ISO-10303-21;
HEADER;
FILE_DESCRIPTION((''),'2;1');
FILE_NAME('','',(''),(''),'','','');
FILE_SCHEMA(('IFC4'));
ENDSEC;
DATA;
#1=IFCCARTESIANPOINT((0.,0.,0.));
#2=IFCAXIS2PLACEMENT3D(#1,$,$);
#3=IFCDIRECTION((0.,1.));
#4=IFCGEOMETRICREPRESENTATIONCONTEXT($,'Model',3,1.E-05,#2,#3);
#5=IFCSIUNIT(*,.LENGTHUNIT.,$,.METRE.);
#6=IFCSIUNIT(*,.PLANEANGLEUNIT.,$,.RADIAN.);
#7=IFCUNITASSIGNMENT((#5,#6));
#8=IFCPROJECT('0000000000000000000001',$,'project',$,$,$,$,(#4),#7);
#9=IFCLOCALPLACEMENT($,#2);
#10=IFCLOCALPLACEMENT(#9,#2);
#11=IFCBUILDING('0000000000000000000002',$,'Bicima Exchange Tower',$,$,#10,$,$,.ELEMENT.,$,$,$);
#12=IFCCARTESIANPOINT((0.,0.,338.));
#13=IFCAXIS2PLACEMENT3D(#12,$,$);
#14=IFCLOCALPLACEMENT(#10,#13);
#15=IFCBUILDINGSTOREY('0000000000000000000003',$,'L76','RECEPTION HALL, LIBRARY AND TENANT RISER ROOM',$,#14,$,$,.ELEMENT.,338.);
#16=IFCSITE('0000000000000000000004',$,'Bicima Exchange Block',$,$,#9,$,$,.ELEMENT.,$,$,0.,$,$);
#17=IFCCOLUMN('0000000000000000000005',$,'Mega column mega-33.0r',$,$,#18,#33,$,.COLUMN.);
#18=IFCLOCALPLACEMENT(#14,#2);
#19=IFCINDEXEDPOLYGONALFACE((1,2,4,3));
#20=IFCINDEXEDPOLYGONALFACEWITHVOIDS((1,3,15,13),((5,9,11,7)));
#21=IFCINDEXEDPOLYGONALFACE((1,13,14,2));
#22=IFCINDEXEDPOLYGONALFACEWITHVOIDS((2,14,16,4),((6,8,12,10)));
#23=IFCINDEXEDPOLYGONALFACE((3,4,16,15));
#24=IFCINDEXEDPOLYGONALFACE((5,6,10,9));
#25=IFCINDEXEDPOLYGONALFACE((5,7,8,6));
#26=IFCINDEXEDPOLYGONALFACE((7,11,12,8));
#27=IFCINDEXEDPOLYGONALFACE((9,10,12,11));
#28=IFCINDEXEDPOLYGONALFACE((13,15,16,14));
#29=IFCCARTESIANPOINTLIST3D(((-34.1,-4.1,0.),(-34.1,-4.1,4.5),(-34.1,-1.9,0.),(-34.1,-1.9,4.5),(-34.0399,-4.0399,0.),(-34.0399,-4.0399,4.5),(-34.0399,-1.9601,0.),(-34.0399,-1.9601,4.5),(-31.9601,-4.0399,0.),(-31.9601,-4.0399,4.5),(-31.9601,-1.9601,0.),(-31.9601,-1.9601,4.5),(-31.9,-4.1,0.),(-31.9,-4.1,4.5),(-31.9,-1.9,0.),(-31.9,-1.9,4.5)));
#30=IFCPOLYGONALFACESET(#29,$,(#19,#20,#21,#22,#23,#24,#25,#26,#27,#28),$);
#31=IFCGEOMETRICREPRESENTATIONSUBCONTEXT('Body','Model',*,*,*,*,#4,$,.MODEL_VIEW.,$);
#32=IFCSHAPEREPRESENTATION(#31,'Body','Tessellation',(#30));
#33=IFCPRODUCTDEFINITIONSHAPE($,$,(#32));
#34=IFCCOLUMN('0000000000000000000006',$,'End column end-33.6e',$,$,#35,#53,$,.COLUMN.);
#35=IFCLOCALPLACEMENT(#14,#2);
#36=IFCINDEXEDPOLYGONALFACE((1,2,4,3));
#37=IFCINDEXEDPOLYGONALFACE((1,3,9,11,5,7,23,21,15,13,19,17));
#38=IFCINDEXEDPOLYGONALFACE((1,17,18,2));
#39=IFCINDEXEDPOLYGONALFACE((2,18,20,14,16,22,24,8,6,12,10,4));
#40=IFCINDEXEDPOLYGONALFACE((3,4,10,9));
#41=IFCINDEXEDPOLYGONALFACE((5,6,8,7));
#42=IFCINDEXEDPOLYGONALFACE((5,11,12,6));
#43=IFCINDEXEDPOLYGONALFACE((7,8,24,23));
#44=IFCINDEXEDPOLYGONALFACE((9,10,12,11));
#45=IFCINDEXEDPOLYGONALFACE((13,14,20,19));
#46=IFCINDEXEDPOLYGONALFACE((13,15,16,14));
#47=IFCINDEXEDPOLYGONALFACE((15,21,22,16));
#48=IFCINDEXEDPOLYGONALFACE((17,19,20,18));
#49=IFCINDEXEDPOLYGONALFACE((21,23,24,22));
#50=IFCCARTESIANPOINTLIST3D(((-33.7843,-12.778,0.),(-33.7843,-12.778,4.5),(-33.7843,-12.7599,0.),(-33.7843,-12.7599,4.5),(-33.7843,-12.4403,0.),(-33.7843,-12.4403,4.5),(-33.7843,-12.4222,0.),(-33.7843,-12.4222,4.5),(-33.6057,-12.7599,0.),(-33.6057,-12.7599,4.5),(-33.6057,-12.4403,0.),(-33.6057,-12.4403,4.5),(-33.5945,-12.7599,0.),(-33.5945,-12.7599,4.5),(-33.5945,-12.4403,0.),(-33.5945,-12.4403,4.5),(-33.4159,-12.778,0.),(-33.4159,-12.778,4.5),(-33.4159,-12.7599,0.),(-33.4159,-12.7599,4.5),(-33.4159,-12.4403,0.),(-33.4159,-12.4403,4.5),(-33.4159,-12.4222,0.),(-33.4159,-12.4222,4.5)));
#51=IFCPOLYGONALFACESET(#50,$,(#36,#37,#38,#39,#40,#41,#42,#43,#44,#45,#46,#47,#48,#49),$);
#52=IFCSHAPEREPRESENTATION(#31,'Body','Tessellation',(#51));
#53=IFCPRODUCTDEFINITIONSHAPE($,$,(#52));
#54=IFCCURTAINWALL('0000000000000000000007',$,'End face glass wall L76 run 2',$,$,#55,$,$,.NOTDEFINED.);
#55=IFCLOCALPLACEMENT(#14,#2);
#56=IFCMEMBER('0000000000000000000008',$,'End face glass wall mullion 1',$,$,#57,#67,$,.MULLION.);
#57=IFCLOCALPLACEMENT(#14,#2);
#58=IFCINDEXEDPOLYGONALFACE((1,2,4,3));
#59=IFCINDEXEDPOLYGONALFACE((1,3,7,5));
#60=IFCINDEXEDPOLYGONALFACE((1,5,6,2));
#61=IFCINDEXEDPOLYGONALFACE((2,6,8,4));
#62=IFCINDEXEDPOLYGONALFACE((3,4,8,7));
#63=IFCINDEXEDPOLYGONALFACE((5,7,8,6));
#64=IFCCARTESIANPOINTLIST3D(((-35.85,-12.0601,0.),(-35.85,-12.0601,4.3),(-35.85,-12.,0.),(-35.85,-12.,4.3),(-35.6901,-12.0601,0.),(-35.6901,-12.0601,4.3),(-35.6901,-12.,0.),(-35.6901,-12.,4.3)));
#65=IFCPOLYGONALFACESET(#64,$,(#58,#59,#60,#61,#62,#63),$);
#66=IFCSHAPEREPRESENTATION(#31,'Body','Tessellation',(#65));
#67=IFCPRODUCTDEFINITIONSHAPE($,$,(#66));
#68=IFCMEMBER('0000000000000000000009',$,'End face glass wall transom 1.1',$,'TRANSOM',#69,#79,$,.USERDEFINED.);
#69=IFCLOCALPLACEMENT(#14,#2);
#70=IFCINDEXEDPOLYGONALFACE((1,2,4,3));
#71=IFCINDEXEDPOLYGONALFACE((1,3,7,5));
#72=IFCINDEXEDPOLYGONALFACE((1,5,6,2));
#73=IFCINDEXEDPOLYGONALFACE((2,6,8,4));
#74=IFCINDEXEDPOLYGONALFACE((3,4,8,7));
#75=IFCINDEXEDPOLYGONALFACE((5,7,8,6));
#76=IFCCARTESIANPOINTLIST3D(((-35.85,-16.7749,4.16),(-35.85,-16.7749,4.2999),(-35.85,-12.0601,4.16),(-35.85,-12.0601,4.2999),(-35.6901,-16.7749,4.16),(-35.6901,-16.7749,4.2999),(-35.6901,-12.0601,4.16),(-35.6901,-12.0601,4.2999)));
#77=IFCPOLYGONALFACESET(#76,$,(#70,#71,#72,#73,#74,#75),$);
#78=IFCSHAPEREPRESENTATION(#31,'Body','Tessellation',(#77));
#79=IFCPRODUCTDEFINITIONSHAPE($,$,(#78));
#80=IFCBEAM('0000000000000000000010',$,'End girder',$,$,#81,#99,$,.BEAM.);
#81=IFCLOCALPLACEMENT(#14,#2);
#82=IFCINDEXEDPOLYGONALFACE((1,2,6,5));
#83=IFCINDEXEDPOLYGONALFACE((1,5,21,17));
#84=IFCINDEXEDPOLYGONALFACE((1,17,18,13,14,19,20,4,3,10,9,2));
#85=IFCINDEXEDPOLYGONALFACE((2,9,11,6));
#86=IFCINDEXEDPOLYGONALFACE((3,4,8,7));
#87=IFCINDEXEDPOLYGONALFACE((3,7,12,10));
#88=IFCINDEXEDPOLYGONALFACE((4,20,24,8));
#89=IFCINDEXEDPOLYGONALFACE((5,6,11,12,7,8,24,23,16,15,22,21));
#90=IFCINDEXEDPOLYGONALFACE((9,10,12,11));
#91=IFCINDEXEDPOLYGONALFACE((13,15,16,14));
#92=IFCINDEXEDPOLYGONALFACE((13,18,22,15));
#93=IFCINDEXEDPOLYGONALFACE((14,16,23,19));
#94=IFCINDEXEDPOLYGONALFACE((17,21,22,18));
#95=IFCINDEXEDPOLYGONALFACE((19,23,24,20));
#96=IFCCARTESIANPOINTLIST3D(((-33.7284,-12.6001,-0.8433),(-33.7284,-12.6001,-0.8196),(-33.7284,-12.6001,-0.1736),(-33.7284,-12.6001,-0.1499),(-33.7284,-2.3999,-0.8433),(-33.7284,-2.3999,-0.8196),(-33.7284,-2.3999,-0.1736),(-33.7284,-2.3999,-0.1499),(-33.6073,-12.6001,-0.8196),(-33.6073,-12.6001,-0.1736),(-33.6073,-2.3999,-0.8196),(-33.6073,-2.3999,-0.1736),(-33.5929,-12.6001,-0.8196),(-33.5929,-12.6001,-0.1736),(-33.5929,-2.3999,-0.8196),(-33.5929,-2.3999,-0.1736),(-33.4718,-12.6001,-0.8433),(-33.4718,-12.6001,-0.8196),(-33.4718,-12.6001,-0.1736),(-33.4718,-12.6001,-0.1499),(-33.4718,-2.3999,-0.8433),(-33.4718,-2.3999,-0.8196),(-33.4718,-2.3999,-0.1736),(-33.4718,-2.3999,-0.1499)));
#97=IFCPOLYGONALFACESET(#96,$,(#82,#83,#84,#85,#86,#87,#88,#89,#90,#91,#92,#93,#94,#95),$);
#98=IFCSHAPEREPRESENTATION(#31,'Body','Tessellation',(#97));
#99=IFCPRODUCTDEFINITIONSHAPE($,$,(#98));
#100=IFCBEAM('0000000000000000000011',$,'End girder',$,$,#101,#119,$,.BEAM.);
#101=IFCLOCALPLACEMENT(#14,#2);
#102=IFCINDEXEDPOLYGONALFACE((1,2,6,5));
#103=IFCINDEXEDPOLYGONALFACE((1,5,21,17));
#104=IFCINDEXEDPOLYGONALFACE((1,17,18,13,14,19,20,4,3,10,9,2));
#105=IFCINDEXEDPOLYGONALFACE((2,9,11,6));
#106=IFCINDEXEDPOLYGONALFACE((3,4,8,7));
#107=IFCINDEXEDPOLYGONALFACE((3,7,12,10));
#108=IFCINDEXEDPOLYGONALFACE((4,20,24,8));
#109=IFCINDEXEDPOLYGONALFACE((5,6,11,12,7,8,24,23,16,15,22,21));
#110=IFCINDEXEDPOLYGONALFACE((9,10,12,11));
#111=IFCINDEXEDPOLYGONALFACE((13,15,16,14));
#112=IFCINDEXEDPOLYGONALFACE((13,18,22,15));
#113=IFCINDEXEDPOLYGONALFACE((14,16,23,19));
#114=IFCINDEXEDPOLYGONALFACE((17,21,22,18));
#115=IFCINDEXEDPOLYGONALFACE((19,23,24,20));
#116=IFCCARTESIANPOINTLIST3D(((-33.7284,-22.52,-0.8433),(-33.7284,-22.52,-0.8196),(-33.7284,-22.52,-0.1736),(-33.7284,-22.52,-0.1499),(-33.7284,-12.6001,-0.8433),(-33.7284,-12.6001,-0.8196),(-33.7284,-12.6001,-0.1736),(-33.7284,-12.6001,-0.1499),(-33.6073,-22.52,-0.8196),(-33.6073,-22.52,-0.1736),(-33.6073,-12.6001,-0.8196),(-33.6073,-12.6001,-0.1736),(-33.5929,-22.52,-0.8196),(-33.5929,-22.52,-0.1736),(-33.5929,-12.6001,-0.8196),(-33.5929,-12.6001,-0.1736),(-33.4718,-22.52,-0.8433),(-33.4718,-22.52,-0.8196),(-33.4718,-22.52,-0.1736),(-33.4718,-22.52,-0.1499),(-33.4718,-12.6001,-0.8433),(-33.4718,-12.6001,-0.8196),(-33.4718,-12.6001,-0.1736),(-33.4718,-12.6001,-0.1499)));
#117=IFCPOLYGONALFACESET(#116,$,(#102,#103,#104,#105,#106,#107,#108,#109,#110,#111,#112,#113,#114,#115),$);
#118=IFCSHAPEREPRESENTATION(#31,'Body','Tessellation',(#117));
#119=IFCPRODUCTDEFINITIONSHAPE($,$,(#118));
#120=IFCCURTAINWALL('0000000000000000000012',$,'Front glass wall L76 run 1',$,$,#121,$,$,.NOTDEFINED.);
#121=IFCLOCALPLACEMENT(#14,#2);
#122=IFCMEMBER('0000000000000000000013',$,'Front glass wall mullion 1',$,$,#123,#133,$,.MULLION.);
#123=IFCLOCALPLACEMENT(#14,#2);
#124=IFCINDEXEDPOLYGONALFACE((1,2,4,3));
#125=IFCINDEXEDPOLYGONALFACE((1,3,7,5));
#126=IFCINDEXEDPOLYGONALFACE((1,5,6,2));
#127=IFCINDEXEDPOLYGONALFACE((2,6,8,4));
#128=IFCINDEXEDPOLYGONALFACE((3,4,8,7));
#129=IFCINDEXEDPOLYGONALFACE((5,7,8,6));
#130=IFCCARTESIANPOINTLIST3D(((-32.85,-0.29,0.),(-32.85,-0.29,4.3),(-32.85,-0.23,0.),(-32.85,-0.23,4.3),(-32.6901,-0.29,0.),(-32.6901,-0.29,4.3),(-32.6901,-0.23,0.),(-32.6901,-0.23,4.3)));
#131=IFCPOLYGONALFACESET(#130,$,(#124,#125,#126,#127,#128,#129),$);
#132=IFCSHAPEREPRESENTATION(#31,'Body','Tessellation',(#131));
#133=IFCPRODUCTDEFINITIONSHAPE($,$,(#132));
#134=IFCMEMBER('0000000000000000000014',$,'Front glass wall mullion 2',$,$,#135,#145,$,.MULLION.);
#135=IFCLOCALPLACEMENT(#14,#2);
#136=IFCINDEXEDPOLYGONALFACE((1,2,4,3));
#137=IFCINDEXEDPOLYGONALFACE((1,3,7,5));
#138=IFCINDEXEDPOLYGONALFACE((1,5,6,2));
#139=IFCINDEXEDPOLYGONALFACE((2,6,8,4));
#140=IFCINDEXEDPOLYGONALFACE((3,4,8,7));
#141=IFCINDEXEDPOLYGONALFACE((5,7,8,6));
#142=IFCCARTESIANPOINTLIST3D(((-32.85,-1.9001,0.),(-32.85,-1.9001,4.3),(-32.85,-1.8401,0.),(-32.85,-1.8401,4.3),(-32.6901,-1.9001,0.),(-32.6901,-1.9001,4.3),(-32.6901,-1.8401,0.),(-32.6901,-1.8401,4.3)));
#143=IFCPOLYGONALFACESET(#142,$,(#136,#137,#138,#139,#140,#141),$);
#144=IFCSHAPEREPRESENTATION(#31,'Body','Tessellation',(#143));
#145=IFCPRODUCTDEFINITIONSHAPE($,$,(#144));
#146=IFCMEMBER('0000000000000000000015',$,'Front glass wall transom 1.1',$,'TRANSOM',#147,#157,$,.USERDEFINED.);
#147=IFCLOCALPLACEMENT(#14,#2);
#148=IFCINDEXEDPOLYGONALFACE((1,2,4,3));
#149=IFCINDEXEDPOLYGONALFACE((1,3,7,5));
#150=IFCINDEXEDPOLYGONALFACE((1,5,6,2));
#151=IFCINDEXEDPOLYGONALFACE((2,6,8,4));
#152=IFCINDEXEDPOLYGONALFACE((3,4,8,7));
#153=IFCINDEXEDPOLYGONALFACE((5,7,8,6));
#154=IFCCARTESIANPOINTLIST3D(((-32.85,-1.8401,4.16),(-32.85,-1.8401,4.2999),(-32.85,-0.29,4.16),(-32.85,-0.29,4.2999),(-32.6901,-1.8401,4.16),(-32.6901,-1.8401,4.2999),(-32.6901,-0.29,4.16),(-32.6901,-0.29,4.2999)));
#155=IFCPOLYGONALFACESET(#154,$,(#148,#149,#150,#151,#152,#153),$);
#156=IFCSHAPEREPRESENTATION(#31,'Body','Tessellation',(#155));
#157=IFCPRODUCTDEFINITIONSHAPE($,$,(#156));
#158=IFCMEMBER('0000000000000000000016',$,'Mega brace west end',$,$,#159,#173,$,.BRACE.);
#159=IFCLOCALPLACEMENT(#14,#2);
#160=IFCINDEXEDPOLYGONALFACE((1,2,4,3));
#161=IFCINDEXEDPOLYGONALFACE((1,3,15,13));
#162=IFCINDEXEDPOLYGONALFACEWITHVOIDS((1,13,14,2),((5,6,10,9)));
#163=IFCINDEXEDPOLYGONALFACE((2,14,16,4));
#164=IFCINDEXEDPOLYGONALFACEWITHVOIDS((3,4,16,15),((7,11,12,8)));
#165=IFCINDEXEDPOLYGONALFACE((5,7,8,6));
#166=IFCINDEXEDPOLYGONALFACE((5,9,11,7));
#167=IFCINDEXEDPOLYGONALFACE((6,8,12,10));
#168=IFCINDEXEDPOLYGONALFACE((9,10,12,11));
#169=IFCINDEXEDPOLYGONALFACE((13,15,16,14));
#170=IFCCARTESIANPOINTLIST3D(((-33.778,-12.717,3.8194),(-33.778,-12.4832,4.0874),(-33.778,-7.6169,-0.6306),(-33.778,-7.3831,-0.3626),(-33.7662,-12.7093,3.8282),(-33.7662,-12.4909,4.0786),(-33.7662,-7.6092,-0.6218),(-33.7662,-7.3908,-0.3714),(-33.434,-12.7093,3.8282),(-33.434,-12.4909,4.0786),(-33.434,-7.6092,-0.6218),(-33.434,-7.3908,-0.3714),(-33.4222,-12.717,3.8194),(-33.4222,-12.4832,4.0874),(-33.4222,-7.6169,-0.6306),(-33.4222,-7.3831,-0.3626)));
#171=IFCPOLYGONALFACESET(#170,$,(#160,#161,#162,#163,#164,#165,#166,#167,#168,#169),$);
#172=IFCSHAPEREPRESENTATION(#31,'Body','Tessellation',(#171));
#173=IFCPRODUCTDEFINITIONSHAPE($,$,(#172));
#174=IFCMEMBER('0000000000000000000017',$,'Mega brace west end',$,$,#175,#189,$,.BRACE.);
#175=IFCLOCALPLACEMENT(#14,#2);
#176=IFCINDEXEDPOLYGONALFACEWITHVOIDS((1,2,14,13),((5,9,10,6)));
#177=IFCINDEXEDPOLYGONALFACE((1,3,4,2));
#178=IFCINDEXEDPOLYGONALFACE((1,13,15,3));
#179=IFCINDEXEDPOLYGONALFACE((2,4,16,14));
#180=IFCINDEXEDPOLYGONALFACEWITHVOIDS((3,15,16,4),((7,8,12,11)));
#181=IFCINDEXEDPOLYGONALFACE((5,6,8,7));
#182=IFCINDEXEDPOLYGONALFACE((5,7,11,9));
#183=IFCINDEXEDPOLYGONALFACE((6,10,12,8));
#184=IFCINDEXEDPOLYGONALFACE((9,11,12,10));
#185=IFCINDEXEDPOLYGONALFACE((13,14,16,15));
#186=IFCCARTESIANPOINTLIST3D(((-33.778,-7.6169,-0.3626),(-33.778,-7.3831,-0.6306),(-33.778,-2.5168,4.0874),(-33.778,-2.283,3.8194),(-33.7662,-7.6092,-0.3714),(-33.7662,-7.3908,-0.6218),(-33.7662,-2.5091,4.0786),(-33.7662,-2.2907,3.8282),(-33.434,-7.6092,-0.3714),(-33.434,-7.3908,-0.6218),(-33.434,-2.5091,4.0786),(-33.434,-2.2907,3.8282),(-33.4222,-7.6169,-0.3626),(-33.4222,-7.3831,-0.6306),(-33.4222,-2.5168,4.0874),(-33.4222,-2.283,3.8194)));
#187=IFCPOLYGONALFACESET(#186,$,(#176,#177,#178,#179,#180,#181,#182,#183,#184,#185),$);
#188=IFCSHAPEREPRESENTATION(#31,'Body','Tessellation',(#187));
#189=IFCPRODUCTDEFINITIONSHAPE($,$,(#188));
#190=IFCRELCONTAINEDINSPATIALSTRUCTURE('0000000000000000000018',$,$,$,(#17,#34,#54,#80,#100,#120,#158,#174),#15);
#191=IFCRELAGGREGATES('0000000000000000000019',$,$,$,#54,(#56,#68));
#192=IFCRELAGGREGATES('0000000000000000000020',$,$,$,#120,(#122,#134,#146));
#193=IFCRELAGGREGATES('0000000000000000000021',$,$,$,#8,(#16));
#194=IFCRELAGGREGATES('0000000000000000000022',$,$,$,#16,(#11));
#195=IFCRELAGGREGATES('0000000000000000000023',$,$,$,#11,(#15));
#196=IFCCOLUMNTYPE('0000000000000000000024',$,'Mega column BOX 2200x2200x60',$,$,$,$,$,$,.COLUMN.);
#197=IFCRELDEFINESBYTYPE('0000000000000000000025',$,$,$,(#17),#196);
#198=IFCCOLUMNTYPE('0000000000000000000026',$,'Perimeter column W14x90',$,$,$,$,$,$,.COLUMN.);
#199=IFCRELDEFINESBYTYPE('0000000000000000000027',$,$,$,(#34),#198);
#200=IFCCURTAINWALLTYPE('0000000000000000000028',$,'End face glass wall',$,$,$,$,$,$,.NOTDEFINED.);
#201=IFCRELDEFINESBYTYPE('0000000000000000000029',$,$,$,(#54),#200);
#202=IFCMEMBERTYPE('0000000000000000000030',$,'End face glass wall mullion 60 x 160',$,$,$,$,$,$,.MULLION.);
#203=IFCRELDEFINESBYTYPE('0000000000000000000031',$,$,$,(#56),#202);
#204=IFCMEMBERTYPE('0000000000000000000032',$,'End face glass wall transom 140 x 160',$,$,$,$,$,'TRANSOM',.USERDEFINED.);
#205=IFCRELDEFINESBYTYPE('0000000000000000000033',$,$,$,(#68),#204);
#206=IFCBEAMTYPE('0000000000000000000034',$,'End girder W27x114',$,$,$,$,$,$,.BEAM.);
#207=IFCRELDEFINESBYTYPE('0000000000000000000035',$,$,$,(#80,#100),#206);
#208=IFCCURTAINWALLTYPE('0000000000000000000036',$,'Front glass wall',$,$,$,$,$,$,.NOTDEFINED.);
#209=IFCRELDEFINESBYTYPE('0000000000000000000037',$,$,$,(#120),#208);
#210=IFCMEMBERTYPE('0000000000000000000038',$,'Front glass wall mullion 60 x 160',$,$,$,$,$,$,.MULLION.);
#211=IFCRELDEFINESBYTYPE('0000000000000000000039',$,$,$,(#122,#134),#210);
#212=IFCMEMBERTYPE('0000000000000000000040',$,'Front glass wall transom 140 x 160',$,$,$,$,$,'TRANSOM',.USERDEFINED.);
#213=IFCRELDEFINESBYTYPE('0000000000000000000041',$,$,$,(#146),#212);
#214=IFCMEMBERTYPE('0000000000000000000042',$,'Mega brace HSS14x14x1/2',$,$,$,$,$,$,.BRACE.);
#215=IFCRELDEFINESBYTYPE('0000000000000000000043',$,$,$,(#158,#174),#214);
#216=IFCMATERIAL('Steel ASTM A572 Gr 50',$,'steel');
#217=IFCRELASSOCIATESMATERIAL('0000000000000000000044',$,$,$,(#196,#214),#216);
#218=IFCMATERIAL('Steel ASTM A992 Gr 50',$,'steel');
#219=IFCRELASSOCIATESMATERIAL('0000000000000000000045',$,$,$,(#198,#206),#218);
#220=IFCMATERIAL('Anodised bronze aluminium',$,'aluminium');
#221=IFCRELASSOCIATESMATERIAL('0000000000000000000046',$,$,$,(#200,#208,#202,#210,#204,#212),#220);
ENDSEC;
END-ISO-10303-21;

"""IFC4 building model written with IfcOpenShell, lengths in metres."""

from ifc_helpers import new_model, si_unit, direction, frame, origin, origin_2d, place, context, subcontext, project, spatial, rectangle, hollow_rectangle, i_section, extrude, material, material_profile, profile_set, type_object, element, aggregate, save


model = new_model("IFC4")

# Units and contexts
model_context = context("Model", 3, precision=1e-05, world=origin(), true_north=direction((0.0, 1.0)))
body_context = subcontext(model_context, "Body", "Model", "MODEL_VIEW")
ifc_project = project(units=[si_unit("LENGTHUNIT", "METRE"), si_unit("PLANEANGLEUNIT", "RADIAN")], contexts=[model_context])

# Site, building, storey
site_placement = place(None, origin())
site = spatial("IfcSite", under=ifc_project, at=site_placement, Name="Bicima Exchange Block", CompositionType="ELEMENT", RefElevation=0.0)
building_placement = place(site_placement, origin())
building = spatial("IfcBuilding", under=site, at=building_placement, Name="Bicima Exchange Tower", CompositionType="ELEMENT")
storey_placement = place(building_placement, frame((0.0, 0.0, 338.0)))
storey = spatial("IfcBuildingStorey", under=building, at=storey_placement, Name="L76", Description="RECEPTION HALL, LIBRARY AND TENANT RISER ROOM", CompositionType="ELEMENT", Elevation=338.0)

# Columns
ifc_material_1 = material(Name="Steel ASTM A572 Gr 50", Category="steel")
ifc_material_profile_1 = material_profile(ifc_material_1, hollow_rectangle(XDim=2.2, YDim=2.2, WallThickness=0.0601, at=origin_2d()))
ifc_profile_set_1 = profile_set([ifc_material_profile_1], Name="Steel ASTM A572 Gr 50")
column_type_1 = type_object("IfcColumnType", Name="Mega column BOX 2200x2200x60", PredefinedType="COLUMN", material=ifc_profile_set_1)
column_1_placement = place(storey_placement, frame((-33.0, -3.0, 0.0), z_axis=(0.0, 0.0, 1.0), x_axis=(1.0, 0.0, 0.0)))
element("IfcColumn", 1, at=column_1_placement, inside=storey, type_object=column_type_1, Name="Mega column mega-33.0r", PredefinedType="COLUMN", context=body_context, shape_type="SweptSolid", body=[
    extrude(hollow_rectangle(XDim=2.2, YDim=2.2, WallThickness=0.0601, at=origin_2d()), origin(), (0.0, 0.0, 1.0), 4.5),
])
ifc_material_2 = material(Name="Steel ASTM A992 Gr 50", Category="steel")
ifc_material_profile_2 = material_profile(ifc_material_2, i_section(OverallWidth=0.3684, OverallDepth=0.3557, WebThickness=0.0112, FlangeThickness=0.0181, at=origin_2d()))
ifc_profile_set_2 = profile_set([ifc_material_profile_2], Name="Steel ASTM A992 Gr 50")
column_type_2 = type_object("IfcColumnType", Name="Perimeter column W14x90", PredefinedType="COLUMN", material=ifc_profile_set_2)
column_2_placement = place(storey_placement, frame((-33.6001, -12.6001, 0.0), z_axis=(0.0, 0.0, 1.0), x_axis=(1.0, 0.0, 0.0)))
element("IfcColumn", 2, at=column_2_placement, inside=storey, type_object=column_type_2, Name="End column end-33.6e", PredefinedType="COLUMN", context=body_context, shape_type="SweptSolid", body=[
    extrude(i_section(OverallWidth=0.3684, OverallDepth=0.3557, WebThickness=0.0112, FlangeThickness=0.0181, at=origin_2d()), origin(), (0.0, 0.0, 1.0), 4.5),
])

# Curtain wall, members
ifc_material_3 = material(Name="Anodised bronze aluminium", Category="aluminium")
curtain_wall_type_1 = type_object("IfcCurtainWallType", Name="End face glass wall", PredefinedType="NOTDEFINED", material=ifc_material_3)
curtain_wall_1_placement = place(storey_placement, origin())
curtain_wall_1 = element("IfcCurtainWall", 3, at=curtain_wall_1_placement, inside=storey, type_object=curtain_wall_type_1, Name="End face glass wall L76 run 2", PredefinedType="NOTDEFINED")
ifc_material_profile_3 = material_profile(ifc_material_3, rectangle(XDim=0.1599, YDim=0.0601, at=origin_2d()))
ifc_profile_set_3 = profile_set([ifc_material_profile_3], Name="Anodised bronze aluminium")
member_type_1 = type_object("IfcMemberType", Name="End face glass wall mullion 60 x 160", PredefinedType="MULLION", material=ifc_profile_set_3)
member_1_placement = place(storey_placement, frame((-35.77, -12.03, 0.0), z_axis=(0.0, 0.0, 1.0), x_axis=(1.0, 0.0, 0.0)))
member_1 = element("IfcMember", 4, at=member_1_placement, type_object=member_type_1, Name="End face glass wall mullion 1", PredefinedType="MULLION", context=body_context, shape_type="SweptSolid", body=[
    extrude(rectangle(XDim=0.1599, YDim=0.0601, at=origin_2d()), origin(), (0.0, 0.0, 1.0), 4.3),
])
ifc_material_profile_4 = material_profile(ifc_material_3, rectangle(XDim=0.1599, YDim=0.1399, at=origin_2d()))
ifc_profile_set_4 = profile_set([ifc_material_profile_4], Name="Anodised bronze aluminium")
member_type_2 = type_object("IfcMemberType", Name="End face glass wall transom 140 x 160", ElementType="TRANSOM", PredefinedType="USERDEFINED", material=ifc_profile_set_4)
member_2_placement = place(storey_placement, frame((-35.77, -12.0601, 4.23), z_axis=(0.0, -1.0, 0.0), x_axis=(1.0, 0.0, 0.0)))
member_2 = element("IfcMember", 5, at=member_2_placement, type_object=member_type_2, Name="End face glass wall transom 1.1", ObjectType="TRANSOM", PredefinedType="USERDEFINED", context=body_context, shape_type="SweptSolid", body=[
    extrude(rectangle(XDim=0.1599, YDim=0.1399, at=origin_2d()), origin(), (0.0, 0.0, 1.0), 4.7148),
])
aggregate(curtain_wall_1, [member_1, member_2])

# Beams
ifc_material_profile_5 = material_profile(ifc_material_2, i_section(OverallWidth=0.2566, OverallDepth=0.6934, WebThickness=0.0144, FlangeThickness=0.0237, at=origin_2d()))
ifc_profile_set_5 = profile_set([ifc_material_profile_5], Name="Steel ASTM A992 Gr 50")
beam_type = type_object("IfcBeamType", Name="End girder W27x114", PredefinedType="BEAM", material=ifc_profile_set_5)
beam_1_placement = place(storey_placement, frame((-33.6001, -2.3999, -0.4966), z_axis=(0.0, -1.0, 0.0), x_axis=(1.0, 0.0, 0.0)))
element("IfcBeam", 6, at=beam_1_placement, inside=storey, type_object=beam_type, Name="End girder", PredefinedType="BEAM", context=body_context, shape_type="SweptSolid", body=[
    extrude(i_section(OverallWidth=0.2566, OverallDepth=0.6934, WebThickness=0.0144, FlangeThickness=0.0237, at=origin_2d()), origin(), (0.0, 0.0, 1.0), 10.2002),
])
beam_2_placement = place(storey_placement, frame((-33.6001, -12.6001, -0.4966), z_axis=(0.0, -1.0, 0.0), x_axis=(1.0, 0.0, 0.0)))
element("IfcBeam", 7, at=beam_2_placement, inside=storey, type_object=beam_type, Name="End girder", PredefinedType="BEAM", context=body_context, shape_type="SweptSolid", body=[
    extrude(i_section(OverallWidth=0.2566, OverallDepth=0.6934, WebThickness=0.0144, FlangeThickness=0.0237, at=origin_2d()), origin(), (0.0, 0.0, 1.0), 9.9199),
])

# Curtain wall, members
curtain_wall_type_2 = type_object("IfcCurtainWallType", Name="Front glass wall", PredefinedType="NOTDEFINED", material=ifc_material_3)
curtain_wall_2_placement = place(storey_placement, origin())
curtain_wall_2 = element("IfcCurtainWall", 8, at=curtain_wall_2_placement, inside=storey, type_object=curtain_wall_type_2, Name="Front glass wall L76 run 1", PredefinedType="NOTDEFINED")
member_type_3 = type_object("IfcMemberType", Name="Front glass wall mullion 60 x 160", PredefinedType="MULLION", material=ifc_profile_set_3)
member_3_placement = place(storey_placement, frame((-32.77, -0.26, 0.0), z_axis=(0.0, 0.0, 1.0), x_axis=(1.0, 0.0, 0.0)))
member_3 = element("IfcMember", 9, at=member_3_placement, type_object=member_type_3, Name="Front glass wall mullion 1", PredefinedType="MULLION", context=body_context, shape_type="SweptSolid", body=[
    extrude(rectangle(XDim=0.1599, YDim=0.0601, at=origin_2d()), origin(), (0.0, 0.0, 1.0), 4.3),
])
member_4_placement = place(storey_placement, frame((-32.77, -1.8701, 0.0), z_axis=(0.0, 0.0, 1.0), x_axis=(1.0, 0.0, 0.0)))
member_4 = element("IfcMember", 10, at=member_4_placement, type_object=member_type_3, Name="Front glass wall mullion 2", PredefinedType="MULLION", context=body_context, shape_type="SweptSolid", body=[
    extrude(rectangle(XDim=0.1599, YDim=0.0601, at=origin_2d()), origin(), (0.0, 0.0, 1.0), 4.3),
])
member_type_4 = type_object("IfcMemberType", Name="Front glass wall transom 140 x 160", ElementType="TRANSOM", PredefinedType="USERDEFINED", material=ifc_profile_set_4)
member_5_placement = place(storey_placement, frame((-32.77, -0.29, 4.23), z_axis=(0.0, -1.0, 0.0), x_axis=(1.0, 0.0, 0.0)))
member_5 = element("IfcMember", 11, at=member_5_placement, type_object=member_type_4, Name="Front glass wall transom 1.1", ObjectType="TRANSOM", PredefinedType="USERDEFINED", context=body_context, shape_type="SweptSolid", body=[
    extrude(rectangle(XDim=0.1599, YDim=0.1399, at=origin_2d()), origin(), (0.0, 0.0, 1.0), 1.55),
])

# Members
ifc_material_profile_6 = material_profile(ifc_material_1, hollow_rectangle(XDim=0.3557, YDim=0.3557, WallThickness=0.0117, at=origin_2d()))
ifc_profile_set_6 = profile_set([ifc_material_profile_6], Name="Steel ASTM A572 Gr 50")
member_type_5 = type_object("IfcMemberType", Name="Mega brace HSS14x14x1/2", PredefinedType="BRACE", material=ifc_profile_set_6)
for number, where, z_axis, x_axis, name in (
    (12, (-33.6001, -7.5, -0.4966), (0.0, -0.753501, 0.657447), (1.0, 0.0, 0.0), "Mega brace west end"),
    (13, (-33.6001, -7.5, -0.4966), (0.0, 0.753501, 0.657447), (-1.0, 0.0, 0.0), "Mega brace west end"),
):
    element("IfcMember", number, at=place(storey_placement, frame(where, z_axis=z_axis, x_axis=x_axis)), inside=storey, type_object=member_type_5, Name=name, PredefinedType="BRACE", context=body_context, shape_type="SweptSolid", body=[
        extrude(hollow_rectangle(XDim=0.3557, YDim=0.3557, WallThickness=0.0117, at=origin_2d()), origin(), (0.0, 0.0, 1.0), 6.7686),
    ])

aggregate(curtain_wall_2, [member_3, member_4, member_5])

save(model, "model.ifc")
